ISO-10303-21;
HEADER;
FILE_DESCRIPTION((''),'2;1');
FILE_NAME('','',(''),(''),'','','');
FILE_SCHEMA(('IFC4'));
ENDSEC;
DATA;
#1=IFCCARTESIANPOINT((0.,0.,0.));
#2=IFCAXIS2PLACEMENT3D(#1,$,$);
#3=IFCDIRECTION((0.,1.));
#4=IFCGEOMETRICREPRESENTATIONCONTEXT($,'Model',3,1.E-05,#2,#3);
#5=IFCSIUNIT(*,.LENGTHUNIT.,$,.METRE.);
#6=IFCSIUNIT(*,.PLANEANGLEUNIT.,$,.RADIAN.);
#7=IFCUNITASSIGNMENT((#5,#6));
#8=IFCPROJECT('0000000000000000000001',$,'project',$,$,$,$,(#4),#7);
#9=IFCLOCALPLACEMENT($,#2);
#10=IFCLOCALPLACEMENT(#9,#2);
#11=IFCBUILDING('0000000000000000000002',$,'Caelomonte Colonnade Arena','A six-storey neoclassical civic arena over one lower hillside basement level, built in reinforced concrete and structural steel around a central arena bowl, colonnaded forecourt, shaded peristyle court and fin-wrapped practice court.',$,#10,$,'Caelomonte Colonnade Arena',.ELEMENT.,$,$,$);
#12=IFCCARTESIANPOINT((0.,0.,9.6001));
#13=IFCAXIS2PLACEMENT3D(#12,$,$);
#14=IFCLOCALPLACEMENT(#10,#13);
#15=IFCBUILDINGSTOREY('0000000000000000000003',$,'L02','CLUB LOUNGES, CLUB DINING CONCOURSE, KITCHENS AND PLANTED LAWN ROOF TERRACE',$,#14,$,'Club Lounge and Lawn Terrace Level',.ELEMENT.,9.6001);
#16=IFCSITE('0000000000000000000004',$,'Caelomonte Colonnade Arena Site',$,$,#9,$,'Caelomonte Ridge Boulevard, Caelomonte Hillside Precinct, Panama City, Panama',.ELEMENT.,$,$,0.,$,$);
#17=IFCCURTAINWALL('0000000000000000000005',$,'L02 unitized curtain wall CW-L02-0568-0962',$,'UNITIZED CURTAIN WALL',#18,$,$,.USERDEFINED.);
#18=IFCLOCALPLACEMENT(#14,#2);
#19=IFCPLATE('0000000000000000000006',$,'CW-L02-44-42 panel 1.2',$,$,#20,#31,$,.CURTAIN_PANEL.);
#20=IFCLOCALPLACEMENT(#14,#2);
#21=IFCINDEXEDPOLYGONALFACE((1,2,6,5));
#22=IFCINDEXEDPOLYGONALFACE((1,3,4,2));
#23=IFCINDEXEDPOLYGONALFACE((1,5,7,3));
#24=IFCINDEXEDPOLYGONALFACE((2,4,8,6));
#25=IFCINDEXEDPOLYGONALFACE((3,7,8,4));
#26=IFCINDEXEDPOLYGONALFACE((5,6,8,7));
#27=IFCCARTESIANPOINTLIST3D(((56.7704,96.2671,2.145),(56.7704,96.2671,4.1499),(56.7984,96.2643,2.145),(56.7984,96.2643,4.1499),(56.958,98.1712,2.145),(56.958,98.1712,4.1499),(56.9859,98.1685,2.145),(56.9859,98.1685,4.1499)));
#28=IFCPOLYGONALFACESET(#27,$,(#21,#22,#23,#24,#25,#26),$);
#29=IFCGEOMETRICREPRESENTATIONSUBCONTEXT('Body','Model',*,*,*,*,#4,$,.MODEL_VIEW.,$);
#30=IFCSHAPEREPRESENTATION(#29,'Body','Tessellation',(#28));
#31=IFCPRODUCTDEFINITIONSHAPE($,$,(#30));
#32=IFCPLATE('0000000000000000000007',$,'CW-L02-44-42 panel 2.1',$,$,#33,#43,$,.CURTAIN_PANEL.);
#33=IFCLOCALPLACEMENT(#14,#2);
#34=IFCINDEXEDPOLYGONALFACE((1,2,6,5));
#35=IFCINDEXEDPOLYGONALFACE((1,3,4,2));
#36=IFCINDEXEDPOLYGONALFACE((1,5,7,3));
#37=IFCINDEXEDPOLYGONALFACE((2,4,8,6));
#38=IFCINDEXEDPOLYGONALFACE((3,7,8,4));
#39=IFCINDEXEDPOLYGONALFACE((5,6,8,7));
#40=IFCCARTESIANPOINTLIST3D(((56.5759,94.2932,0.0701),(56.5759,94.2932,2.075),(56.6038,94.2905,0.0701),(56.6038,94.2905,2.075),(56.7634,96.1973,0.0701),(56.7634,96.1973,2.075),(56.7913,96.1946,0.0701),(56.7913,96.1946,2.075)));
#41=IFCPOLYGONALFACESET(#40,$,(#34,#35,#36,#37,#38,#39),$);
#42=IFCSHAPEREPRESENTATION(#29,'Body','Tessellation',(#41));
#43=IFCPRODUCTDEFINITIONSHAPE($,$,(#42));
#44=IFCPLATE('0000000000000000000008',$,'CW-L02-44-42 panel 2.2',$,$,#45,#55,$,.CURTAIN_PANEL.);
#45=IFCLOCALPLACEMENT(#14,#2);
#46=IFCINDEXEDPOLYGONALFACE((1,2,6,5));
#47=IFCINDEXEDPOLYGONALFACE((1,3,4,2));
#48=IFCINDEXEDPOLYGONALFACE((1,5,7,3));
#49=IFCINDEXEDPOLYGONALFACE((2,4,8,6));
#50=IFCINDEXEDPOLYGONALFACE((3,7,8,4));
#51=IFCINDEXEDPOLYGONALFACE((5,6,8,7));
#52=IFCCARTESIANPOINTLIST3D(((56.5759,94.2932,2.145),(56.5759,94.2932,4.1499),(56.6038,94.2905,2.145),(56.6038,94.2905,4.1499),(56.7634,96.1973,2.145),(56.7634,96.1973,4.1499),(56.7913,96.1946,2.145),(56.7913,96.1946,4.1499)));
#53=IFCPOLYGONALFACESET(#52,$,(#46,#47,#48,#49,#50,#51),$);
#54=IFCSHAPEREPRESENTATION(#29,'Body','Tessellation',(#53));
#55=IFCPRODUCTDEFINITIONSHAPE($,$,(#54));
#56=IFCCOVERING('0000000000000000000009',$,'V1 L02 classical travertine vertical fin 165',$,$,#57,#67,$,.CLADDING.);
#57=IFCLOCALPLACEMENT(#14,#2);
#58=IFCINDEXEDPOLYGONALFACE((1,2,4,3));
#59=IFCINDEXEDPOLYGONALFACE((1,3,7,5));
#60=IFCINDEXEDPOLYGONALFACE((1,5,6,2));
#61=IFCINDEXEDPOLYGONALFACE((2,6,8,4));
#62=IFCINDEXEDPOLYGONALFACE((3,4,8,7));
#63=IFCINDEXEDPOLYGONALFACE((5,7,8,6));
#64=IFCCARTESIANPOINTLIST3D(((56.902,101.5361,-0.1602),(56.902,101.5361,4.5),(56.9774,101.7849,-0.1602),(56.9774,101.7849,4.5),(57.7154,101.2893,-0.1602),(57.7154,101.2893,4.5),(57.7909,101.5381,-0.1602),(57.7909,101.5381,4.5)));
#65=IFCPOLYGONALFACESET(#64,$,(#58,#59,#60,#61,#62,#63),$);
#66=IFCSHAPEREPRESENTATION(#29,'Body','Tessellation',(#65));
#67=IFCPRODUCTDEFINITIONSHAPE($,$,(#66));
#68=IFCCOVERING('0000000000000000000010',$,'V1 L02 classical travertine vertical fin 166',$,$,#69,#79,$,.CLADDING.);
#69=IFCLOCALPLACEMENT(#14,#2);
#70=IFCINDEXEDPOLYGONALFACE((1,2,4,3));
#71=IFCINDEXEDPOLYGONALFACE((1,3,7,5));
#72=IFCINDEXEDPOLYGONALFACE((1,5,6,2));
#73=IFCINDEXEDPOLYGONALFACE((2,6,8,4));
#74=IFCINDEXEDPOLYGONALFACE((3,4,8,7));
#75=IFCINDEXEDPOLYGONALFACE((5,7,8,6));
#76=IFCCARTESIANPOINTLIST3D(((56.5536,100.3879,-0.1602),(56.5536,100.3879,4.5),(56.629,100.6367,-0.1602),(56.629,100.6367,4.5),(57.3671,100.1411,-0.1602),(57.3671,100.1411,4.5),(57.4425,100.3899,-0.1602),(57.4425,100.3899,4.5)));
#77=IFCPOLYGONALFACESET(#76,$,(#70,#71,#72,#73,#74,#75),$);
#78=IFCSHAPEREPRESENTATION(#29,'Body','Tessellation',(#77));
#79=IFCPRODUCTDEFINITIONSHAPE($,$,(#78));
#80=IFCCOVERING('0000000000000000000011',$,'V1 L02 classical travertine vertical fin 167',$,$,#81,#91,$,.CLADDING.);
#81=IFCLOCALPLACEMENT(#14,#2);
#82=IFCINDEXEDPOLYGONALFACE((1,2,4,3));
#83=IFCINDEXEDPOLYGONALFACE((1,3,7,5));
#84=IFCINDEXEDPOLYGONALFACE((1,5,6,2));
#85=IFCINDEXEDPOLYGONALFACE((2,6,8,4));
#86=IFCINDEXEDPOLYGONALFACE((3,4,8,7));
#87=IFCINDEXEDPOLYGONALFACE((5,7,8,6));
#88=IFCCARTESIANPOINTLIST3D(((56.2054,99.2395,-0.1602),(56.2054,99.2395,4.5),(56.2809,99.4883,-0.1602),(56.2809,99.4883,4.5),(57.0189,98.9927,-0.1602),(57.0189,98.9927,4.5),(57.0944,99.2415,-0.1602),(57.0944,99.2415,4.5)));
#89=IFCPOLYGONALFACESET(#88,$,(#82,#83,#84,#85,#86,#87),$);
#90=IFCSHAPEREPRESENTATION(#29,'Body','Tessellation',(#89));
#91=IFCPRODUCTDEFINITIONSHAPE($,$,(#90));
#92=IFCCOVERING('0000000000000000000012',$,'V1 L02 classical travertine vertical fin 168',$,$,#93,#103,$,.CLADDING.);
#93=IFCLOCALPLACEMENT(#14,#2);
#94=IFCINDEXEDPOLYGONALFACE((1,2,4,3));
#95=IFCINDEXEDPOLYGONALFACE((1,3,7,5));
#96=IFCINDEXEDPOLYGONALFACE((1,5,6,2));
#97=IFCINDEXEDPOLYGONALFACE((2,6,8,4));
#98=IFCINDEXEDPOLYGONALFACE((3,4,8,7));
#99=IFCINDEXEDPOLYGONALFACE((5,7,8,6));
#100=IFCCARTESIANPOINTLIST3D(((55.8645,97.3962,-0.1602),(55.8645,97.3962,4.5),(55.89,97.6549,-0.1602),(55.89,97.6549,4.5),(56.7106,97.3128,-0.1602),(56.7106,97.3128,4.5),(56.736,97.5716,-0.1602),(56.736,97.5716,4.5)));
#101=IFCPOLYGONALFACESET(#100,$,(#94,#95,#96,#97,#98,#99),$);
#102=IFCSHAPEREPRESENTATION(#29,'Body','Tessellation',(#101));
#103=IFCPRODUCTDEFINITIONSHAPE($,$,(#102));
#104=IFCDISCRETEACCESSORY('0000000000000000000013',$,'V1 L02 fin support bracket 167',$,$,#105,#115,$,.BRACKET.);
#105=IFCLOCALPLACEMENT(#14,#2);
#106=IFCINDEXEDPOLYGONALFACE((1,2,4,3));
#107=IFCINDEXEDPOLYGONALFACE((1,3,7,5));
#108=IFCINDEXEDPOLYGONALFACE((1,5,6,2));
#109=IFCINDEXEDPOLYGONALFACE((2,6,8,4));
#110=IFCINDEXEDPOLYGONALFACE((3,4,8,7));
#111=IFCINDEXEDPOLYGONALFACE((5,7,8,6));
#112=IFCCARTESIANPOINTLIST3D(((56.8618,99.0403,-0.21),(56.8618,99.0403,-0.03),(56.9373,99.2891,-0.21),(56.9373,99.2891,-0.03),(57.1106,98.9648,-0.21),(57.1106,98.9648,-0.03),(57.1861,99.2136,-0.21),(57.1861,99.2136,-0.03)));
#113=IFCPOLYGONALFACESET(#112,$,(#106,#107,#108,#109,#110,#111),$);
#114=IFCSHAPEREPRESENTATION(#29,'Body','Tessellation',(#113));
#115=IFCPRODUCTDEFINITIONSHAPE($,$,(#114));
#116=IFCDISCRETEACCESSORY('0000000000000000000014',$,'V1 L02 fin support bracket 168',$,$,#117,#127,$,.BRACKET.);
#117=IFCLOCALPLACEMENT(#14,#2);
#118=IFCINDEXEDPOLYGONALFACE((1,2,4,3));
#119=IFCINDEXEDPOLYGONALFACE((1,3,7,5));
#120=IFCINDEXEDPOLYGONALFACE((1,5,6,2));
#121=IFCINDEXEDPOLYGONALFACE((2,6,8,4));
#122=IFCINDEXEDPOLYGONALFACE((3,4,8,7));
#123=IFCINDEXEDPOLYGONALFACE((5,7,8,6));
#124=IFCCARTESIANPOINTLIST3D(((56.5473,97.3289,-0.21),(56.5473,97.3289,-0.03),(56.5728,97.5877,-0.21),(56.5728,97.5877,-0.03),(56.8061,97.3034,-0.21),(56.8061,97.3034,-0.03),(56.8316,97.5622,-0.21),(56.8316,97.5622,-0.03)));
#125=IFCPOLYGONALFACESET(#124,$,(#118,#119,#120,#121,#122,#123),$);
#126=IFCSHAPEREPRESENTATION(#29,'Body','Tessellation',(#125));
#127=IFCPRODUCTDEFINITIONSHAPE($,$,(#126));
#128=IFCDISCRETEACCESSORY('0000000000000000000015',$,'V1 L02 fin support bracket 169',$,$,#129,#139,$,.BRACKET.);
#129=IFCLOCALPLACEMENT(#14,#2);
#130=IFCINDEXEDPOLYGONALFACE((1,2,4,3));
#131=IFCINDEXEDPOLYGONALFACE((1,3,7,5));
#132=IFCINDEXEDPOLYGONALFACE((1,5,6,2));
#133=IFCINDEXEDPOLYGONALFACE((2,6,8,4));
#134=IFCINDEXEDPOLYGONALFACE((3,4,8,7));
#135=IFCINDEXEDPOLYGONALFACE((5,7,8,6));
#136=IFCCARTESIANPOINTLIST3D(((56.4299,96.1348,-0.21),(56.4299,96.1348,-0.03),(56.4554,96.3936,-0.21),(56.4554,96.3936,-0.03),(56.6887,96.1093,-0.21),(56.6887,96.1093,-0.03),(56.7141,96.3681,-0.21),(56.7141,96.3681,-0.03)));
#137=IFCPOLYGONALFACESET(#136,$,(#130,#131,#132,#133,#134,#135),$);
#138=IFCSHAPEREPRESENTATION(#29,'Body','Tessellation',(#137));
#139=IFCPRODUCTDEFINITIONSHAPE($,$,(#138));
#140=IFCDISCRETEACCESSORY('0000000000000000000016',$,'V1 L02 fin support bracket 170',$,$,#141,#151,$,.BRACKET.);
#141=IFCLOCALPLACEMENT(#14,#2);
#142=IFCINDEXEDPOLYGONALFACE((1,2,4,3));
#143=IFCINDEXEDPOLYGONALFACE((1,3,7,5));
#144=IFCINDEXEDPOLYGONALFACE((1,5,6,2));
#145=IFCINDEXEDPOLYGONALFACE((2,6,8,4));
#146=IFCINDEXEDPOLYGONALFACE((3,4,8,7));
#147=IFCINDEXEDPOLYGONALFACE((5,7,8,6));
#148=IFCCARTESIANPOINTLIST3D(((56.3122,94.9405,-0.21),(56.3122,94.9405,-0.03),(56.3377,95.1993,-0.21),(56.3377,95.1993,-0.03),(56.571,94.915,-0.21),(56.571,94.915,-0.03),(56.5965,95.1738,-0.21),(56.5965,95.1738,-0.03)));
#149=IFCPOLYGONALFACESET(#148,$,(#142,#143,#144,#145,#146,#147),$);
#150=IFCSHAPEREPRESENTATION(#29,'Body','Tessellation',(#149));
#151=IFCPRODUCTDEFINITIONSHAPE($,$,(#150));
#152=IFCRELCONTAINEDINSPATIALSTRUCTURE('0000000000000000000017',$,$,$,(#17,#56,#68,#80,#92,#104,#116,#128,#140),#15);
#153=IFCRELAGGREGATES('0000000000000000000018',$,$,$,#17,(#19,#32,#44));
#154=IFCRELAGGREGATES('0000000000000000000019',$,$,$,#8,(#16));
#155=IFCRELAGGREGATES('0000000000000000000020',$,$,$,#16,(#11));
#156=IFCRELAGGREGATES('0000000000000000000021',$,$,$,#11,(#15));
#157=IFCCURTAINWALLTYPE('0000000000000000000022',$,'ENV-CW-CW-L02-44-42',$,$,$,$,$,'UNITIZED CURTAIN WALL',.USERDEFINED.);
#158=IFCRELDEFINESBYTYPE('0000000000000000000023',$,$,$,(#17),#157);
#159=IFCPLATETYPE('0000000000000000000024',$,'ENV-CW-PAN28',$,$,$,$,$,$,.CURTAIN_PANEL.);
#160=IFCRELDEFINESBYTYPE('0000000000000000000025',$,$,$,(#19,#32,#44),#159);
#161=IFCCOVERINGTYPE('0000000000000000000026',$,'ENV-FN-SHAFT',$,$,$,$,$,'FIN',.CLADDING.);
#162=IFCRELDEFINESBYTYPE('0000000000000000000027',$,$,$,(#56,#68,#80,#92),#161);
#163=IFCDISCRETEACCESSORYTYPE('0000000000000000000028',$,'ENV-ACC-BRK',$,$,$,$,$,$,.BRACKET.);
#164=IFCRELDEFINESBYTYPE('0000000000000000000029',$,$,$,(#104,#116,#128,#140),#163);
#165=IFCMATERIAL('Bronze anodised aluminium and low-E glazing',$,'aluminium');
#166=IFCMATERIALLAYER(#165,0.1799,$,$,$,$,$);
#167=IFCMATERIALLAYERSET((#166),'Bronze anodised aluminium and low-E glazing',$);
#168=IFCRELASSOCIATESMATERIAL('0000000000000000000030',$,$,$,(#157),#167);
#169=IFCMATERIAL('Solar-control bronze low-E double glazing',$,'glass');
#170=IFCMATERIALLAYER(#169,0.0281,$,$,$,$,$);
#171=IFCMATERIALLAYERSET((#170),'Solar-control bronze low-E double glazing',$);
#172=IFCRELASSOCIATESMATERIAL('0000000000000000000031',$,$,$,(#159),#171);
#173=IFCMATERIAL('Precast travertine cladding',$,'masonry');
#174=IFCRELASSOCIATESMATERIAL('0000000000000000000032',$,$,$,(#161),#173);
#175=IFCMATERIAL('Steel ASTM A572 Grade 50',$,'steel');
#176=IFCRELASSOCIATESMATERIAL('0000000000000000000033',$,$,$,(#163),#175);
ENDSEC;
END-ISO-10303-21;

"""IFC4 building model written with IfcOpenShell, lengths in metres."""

from ifc_helpers import new_model, si_unit, direction, frame, origin, origin_2d, place, context, subcontext, project, spatial, rectangle, extrude, material, layer, layer_set, material_profile, profile_set, type_object, element, aggregate, save


model = new_model("IFC4")

# Units and contexts
model_context = context("Model", 3, precision=1e-05, world=origin(), true_north=direction((0.0, 1.0)))
body_context = subcontext(model_context, "Body", "Model", "MODEL_VIEW")
ifc_project = project(units=[si_unit("LENGTHUNIT", "METRE"), si_unit("PLANEANGLEUNIT", "RADIAN")], contexts=[model_context])

# Site, building, storey
site_placement = place(None, origin())
site = spatial("IfcSite", under=ifc_project, at=site_placement, Name="Caelomonte Colonnade Arena Site", LongName="Caelomonte Ridge Boulevard, Caelomonte Hillside Precinct, Panama City, Panama", CompositionType="ELEMENT", RefElevation=0.0)
building_placement = place(site_placement, origin())
building = spatial("IfcBuilding", under=site, at=building_placement, Name="Caelomonte Colonnade Arena", Description="A six-storey neoclassical civic arena over one lower hillside basement level, built in reinforced concrete and structural steel around a central arena bowl, colonnaded forecourt, shaded peristyle court and fin-wrapped practice court.", LongName="Caelomonte Colonnade Arena", CompositionType="ELEMENT")
storey_placement = place(building_placement, frame((0.0, 0.0, 9.6001)))
storey = spatial("IfcBuildingStorey", under=building, at=storey_placement, Name="L02", Description="CLUB LOUNGES, CLUB DINING CONCOURSE, KITCHENS AND PLANTED LAWN ROOF TERRACE", LongName="Club Lounge and Lawn Terrace Level", CompositionType="ELEMENT", Elevation=9.6001)

# Shared definitions
ifc_material_1 = material(Name="Bronze anodised aluminium and low-E glazing", Category="aluminium")
ifc_layer_1 = layer(ifc_material_1, 0.1799)
ifc_layer_set_1 = layer_set([ifc_layer_1], Name="Bronze anodised aluminium and low-E glazing")
curtain_wall_type_1 = type_object("IfcCurtainWallType", Name="ENV-CW-CW-L02-44-42", ElementType="UNITIZED CURTAIN WALL", PredefinedType="USERDEFINED", material=ifc_layer_set_1)

# Curtain wall
curtain_wall_1_placement = place(storey_placement, origin())
curtain_wall_1 = element("IfcCurtainWall", 1, at=curtain_wall_1_placement, inside=storey, type_object=curtain_wall_type_1, Name="L02 unitized curtain wall CW-L02-0568-0962", ObjectType="UNITIZED CURTAIN WALL", PredefinedType="USERDEFINED")

# Plates
ifc_material_2 = material(Name="Solar-control bronze low-E double glazing", Category="glass")
ifc_layer_2 = layer(ifc_material_2, 0.0281)
ifc_layer_set_2 = layer_set([ifc_layer_2], Name="Solar-control bronze low-E double glazing")
plate_type = type_object("IfcPlateType", Name="ENV-CW-PAN28", PredefinedType="CURTAIN_PANEL", material=ifc_layer_set_2)
plate_1_placement = place(storey_placement, frame((56.8782, 97.2178, 2.145), z_axis=(0.0, 0.0, 1.0), x_axis=(-0.098002, -0.995186, 0.0)))
plate_1 = element("IfcPlate", 2, at=plate_1_placement, type_object=plate_type, Name="CW-L02-44-42 panel 1.2", PredefinedType="CURTAIN_PANEL", context=body_context, shape_type="SweptSolid", body=[
    extrude(rectangle(XDim=1.9133, YDim=0.0281, at=origin_2d()), origin(), (0.0, 0.0, 1.0), 2.0049),
])
plate_2_placement = place(storey_placement, frame((56.6836, 95.2439, 0.0701), z_axis=(0.0, 0.0, 1.0), x_axis=(-0.098002, -0.995186, 0.0)))
plate_2 = element("IfcPlate", 3, at=plate_2_placement, type_object=plate_type, Name="CW-L02-44-42 panel 2.1", PredefinedType="CURTAIN_PANEL", context=body_context, shape_type="SweptSolid", body=[
    extrude(rectangle(XDim=1.9133, YDim=0.0281, at=origin_2d()), origin(), (0.0, 0.0, 1.0), 2.0049),
])
plate_3_placement = place(storey_placement, frame((56.6836, 95.2439, 2.145), z_axis=(0.0, 0.0, 1.0), x_axis=(-0.098002, -0.995186, 0.0)))
plate_3 = element("IfcPlate", 4, at=plate_3_placement, type_object=plate_type, Name="CW-L02-44-42 panel 2.2", PredefinedType="CURTAIN_PANEL", context=body_context, shape_type="SweptSolid", body=[
    extrude(rectangle(XDim=1.9133, YDim=0.0281, at=origin_2d()), origin(), (0.0, 0.0, 1.0), 2.0049),
])
aggregate(curtain_wall_1, [plate_1, plate_2, plate_3])

# Coverings
ifc_material_3 = material(Name="Precast travertine cladding", Category="masonry")
ifc_material_profile_1 = material_profile(ifc_material_3, rectangle(XDim=0.26, YDim=0.8501, at=origin_2d()), Name="FIN260X850")
ifc_profile_set_1 = profile_set([ifc_material_profile_1], Name="Precast travertine cladding")
covering_type = type_object("IfcCoveringType", Name="ENV-FN-SHAFT", ElementType="FIN", PredefinedType="CLADDING", material=ifc_profile_set_1)
for number, where, z_axis, x_axis, name in (
    (5, (57.3464, 101.5371, -0.1602), (0.0, 0.0, 1.0), (0.290276, 0.956943, 0.0), "V1 L02 classical travertine vertical fin 165"),
    (6, (56.998, 100.3889, -0.1602), (0.0, 0.0, 1.0), (0.290276, 0.956943, 0.0), "V1 L02 classical travertine vertical fin 166"),
    (7, (56.6499, 99.2405, -0.1602), (0.0, 0.0, 1.0), (0.290276, 0.956943, 0.0), "V1 L02 classical travertine vertical fin 167"),
    (8, (56.3003, 97.4839, -0.1602), (0.0, 0.0, 1.0), (0.098015, 0.995185, 0.0), "V1 L02 classical travertine vertical fin 168"),
):
    element("IfcCovering", number, at=place(storey_placement, frame(where, z_axis=z_axis, x_axis=x_axis)), inside=storey, type_object=covering_type, Name=name, PredefinedType="CLADDING", context=body_context, shape_type="SweptSolid", body=[
        extrude(rectangle(XDim=0.26, YDim=0.8501, at=origin_2d()), origin(), (0.0, 0.0, 1.0), 4.6602),
    ])

# Discrete accessories
ifc_material_4 = material(Name="Steel ASTM A572 Grade 50", Category="steel")
discrete_accessory_type = type_object("IfcDiscreteAccessoryType", Name="ENV-ACC-BRK", PredefinedType="BRACKET", material=ifc_material_4)
for number, where, z_axis, x_axis, name in (
    (9, (57.0239, 99.127, -0.21), (0.0, 0.0, 1.0), (-0.290276, -0.956943, 0.0), "V1 L02 fin support bracket 167"),
    (10, (56.6895, 97.4456, -0.21), (0.0, 0.0, 1.0), (-0.098015, -0.995185, 0.0), "V1 L02 fin support bracket 168"),
    (11, (56.572, 96.2515, -0.21), (0.0, 0.0, 1.0), (-0.098015, -0.995185, 0.0), "V1 L02 fin support bracket 169"),
    (12, (56.4543, 95.0571, -0.21), (0.0, 0.0, 1.0), (-0.098015, -0.995185, 0.0), "V1 L02 fin support bracket 170"),
):
    element("IfcDiscreteAccessory", number, at=place(storey_placement, frame(where, z_axis=z_axis, x_axis=x_axis)), inside=storey, type_object=discrete_accessory_type, Name=name, PredefinedType="BRACKET", context=body_context, shape_type="SweptSolid", body=[
        extrude(rectangle(XDim=0.26, YDim=0.26, at=origin_2d()), origin(), (0.0, 0.0, 1.0), 0.1799),
    ])

save(model, "model.ifc")
